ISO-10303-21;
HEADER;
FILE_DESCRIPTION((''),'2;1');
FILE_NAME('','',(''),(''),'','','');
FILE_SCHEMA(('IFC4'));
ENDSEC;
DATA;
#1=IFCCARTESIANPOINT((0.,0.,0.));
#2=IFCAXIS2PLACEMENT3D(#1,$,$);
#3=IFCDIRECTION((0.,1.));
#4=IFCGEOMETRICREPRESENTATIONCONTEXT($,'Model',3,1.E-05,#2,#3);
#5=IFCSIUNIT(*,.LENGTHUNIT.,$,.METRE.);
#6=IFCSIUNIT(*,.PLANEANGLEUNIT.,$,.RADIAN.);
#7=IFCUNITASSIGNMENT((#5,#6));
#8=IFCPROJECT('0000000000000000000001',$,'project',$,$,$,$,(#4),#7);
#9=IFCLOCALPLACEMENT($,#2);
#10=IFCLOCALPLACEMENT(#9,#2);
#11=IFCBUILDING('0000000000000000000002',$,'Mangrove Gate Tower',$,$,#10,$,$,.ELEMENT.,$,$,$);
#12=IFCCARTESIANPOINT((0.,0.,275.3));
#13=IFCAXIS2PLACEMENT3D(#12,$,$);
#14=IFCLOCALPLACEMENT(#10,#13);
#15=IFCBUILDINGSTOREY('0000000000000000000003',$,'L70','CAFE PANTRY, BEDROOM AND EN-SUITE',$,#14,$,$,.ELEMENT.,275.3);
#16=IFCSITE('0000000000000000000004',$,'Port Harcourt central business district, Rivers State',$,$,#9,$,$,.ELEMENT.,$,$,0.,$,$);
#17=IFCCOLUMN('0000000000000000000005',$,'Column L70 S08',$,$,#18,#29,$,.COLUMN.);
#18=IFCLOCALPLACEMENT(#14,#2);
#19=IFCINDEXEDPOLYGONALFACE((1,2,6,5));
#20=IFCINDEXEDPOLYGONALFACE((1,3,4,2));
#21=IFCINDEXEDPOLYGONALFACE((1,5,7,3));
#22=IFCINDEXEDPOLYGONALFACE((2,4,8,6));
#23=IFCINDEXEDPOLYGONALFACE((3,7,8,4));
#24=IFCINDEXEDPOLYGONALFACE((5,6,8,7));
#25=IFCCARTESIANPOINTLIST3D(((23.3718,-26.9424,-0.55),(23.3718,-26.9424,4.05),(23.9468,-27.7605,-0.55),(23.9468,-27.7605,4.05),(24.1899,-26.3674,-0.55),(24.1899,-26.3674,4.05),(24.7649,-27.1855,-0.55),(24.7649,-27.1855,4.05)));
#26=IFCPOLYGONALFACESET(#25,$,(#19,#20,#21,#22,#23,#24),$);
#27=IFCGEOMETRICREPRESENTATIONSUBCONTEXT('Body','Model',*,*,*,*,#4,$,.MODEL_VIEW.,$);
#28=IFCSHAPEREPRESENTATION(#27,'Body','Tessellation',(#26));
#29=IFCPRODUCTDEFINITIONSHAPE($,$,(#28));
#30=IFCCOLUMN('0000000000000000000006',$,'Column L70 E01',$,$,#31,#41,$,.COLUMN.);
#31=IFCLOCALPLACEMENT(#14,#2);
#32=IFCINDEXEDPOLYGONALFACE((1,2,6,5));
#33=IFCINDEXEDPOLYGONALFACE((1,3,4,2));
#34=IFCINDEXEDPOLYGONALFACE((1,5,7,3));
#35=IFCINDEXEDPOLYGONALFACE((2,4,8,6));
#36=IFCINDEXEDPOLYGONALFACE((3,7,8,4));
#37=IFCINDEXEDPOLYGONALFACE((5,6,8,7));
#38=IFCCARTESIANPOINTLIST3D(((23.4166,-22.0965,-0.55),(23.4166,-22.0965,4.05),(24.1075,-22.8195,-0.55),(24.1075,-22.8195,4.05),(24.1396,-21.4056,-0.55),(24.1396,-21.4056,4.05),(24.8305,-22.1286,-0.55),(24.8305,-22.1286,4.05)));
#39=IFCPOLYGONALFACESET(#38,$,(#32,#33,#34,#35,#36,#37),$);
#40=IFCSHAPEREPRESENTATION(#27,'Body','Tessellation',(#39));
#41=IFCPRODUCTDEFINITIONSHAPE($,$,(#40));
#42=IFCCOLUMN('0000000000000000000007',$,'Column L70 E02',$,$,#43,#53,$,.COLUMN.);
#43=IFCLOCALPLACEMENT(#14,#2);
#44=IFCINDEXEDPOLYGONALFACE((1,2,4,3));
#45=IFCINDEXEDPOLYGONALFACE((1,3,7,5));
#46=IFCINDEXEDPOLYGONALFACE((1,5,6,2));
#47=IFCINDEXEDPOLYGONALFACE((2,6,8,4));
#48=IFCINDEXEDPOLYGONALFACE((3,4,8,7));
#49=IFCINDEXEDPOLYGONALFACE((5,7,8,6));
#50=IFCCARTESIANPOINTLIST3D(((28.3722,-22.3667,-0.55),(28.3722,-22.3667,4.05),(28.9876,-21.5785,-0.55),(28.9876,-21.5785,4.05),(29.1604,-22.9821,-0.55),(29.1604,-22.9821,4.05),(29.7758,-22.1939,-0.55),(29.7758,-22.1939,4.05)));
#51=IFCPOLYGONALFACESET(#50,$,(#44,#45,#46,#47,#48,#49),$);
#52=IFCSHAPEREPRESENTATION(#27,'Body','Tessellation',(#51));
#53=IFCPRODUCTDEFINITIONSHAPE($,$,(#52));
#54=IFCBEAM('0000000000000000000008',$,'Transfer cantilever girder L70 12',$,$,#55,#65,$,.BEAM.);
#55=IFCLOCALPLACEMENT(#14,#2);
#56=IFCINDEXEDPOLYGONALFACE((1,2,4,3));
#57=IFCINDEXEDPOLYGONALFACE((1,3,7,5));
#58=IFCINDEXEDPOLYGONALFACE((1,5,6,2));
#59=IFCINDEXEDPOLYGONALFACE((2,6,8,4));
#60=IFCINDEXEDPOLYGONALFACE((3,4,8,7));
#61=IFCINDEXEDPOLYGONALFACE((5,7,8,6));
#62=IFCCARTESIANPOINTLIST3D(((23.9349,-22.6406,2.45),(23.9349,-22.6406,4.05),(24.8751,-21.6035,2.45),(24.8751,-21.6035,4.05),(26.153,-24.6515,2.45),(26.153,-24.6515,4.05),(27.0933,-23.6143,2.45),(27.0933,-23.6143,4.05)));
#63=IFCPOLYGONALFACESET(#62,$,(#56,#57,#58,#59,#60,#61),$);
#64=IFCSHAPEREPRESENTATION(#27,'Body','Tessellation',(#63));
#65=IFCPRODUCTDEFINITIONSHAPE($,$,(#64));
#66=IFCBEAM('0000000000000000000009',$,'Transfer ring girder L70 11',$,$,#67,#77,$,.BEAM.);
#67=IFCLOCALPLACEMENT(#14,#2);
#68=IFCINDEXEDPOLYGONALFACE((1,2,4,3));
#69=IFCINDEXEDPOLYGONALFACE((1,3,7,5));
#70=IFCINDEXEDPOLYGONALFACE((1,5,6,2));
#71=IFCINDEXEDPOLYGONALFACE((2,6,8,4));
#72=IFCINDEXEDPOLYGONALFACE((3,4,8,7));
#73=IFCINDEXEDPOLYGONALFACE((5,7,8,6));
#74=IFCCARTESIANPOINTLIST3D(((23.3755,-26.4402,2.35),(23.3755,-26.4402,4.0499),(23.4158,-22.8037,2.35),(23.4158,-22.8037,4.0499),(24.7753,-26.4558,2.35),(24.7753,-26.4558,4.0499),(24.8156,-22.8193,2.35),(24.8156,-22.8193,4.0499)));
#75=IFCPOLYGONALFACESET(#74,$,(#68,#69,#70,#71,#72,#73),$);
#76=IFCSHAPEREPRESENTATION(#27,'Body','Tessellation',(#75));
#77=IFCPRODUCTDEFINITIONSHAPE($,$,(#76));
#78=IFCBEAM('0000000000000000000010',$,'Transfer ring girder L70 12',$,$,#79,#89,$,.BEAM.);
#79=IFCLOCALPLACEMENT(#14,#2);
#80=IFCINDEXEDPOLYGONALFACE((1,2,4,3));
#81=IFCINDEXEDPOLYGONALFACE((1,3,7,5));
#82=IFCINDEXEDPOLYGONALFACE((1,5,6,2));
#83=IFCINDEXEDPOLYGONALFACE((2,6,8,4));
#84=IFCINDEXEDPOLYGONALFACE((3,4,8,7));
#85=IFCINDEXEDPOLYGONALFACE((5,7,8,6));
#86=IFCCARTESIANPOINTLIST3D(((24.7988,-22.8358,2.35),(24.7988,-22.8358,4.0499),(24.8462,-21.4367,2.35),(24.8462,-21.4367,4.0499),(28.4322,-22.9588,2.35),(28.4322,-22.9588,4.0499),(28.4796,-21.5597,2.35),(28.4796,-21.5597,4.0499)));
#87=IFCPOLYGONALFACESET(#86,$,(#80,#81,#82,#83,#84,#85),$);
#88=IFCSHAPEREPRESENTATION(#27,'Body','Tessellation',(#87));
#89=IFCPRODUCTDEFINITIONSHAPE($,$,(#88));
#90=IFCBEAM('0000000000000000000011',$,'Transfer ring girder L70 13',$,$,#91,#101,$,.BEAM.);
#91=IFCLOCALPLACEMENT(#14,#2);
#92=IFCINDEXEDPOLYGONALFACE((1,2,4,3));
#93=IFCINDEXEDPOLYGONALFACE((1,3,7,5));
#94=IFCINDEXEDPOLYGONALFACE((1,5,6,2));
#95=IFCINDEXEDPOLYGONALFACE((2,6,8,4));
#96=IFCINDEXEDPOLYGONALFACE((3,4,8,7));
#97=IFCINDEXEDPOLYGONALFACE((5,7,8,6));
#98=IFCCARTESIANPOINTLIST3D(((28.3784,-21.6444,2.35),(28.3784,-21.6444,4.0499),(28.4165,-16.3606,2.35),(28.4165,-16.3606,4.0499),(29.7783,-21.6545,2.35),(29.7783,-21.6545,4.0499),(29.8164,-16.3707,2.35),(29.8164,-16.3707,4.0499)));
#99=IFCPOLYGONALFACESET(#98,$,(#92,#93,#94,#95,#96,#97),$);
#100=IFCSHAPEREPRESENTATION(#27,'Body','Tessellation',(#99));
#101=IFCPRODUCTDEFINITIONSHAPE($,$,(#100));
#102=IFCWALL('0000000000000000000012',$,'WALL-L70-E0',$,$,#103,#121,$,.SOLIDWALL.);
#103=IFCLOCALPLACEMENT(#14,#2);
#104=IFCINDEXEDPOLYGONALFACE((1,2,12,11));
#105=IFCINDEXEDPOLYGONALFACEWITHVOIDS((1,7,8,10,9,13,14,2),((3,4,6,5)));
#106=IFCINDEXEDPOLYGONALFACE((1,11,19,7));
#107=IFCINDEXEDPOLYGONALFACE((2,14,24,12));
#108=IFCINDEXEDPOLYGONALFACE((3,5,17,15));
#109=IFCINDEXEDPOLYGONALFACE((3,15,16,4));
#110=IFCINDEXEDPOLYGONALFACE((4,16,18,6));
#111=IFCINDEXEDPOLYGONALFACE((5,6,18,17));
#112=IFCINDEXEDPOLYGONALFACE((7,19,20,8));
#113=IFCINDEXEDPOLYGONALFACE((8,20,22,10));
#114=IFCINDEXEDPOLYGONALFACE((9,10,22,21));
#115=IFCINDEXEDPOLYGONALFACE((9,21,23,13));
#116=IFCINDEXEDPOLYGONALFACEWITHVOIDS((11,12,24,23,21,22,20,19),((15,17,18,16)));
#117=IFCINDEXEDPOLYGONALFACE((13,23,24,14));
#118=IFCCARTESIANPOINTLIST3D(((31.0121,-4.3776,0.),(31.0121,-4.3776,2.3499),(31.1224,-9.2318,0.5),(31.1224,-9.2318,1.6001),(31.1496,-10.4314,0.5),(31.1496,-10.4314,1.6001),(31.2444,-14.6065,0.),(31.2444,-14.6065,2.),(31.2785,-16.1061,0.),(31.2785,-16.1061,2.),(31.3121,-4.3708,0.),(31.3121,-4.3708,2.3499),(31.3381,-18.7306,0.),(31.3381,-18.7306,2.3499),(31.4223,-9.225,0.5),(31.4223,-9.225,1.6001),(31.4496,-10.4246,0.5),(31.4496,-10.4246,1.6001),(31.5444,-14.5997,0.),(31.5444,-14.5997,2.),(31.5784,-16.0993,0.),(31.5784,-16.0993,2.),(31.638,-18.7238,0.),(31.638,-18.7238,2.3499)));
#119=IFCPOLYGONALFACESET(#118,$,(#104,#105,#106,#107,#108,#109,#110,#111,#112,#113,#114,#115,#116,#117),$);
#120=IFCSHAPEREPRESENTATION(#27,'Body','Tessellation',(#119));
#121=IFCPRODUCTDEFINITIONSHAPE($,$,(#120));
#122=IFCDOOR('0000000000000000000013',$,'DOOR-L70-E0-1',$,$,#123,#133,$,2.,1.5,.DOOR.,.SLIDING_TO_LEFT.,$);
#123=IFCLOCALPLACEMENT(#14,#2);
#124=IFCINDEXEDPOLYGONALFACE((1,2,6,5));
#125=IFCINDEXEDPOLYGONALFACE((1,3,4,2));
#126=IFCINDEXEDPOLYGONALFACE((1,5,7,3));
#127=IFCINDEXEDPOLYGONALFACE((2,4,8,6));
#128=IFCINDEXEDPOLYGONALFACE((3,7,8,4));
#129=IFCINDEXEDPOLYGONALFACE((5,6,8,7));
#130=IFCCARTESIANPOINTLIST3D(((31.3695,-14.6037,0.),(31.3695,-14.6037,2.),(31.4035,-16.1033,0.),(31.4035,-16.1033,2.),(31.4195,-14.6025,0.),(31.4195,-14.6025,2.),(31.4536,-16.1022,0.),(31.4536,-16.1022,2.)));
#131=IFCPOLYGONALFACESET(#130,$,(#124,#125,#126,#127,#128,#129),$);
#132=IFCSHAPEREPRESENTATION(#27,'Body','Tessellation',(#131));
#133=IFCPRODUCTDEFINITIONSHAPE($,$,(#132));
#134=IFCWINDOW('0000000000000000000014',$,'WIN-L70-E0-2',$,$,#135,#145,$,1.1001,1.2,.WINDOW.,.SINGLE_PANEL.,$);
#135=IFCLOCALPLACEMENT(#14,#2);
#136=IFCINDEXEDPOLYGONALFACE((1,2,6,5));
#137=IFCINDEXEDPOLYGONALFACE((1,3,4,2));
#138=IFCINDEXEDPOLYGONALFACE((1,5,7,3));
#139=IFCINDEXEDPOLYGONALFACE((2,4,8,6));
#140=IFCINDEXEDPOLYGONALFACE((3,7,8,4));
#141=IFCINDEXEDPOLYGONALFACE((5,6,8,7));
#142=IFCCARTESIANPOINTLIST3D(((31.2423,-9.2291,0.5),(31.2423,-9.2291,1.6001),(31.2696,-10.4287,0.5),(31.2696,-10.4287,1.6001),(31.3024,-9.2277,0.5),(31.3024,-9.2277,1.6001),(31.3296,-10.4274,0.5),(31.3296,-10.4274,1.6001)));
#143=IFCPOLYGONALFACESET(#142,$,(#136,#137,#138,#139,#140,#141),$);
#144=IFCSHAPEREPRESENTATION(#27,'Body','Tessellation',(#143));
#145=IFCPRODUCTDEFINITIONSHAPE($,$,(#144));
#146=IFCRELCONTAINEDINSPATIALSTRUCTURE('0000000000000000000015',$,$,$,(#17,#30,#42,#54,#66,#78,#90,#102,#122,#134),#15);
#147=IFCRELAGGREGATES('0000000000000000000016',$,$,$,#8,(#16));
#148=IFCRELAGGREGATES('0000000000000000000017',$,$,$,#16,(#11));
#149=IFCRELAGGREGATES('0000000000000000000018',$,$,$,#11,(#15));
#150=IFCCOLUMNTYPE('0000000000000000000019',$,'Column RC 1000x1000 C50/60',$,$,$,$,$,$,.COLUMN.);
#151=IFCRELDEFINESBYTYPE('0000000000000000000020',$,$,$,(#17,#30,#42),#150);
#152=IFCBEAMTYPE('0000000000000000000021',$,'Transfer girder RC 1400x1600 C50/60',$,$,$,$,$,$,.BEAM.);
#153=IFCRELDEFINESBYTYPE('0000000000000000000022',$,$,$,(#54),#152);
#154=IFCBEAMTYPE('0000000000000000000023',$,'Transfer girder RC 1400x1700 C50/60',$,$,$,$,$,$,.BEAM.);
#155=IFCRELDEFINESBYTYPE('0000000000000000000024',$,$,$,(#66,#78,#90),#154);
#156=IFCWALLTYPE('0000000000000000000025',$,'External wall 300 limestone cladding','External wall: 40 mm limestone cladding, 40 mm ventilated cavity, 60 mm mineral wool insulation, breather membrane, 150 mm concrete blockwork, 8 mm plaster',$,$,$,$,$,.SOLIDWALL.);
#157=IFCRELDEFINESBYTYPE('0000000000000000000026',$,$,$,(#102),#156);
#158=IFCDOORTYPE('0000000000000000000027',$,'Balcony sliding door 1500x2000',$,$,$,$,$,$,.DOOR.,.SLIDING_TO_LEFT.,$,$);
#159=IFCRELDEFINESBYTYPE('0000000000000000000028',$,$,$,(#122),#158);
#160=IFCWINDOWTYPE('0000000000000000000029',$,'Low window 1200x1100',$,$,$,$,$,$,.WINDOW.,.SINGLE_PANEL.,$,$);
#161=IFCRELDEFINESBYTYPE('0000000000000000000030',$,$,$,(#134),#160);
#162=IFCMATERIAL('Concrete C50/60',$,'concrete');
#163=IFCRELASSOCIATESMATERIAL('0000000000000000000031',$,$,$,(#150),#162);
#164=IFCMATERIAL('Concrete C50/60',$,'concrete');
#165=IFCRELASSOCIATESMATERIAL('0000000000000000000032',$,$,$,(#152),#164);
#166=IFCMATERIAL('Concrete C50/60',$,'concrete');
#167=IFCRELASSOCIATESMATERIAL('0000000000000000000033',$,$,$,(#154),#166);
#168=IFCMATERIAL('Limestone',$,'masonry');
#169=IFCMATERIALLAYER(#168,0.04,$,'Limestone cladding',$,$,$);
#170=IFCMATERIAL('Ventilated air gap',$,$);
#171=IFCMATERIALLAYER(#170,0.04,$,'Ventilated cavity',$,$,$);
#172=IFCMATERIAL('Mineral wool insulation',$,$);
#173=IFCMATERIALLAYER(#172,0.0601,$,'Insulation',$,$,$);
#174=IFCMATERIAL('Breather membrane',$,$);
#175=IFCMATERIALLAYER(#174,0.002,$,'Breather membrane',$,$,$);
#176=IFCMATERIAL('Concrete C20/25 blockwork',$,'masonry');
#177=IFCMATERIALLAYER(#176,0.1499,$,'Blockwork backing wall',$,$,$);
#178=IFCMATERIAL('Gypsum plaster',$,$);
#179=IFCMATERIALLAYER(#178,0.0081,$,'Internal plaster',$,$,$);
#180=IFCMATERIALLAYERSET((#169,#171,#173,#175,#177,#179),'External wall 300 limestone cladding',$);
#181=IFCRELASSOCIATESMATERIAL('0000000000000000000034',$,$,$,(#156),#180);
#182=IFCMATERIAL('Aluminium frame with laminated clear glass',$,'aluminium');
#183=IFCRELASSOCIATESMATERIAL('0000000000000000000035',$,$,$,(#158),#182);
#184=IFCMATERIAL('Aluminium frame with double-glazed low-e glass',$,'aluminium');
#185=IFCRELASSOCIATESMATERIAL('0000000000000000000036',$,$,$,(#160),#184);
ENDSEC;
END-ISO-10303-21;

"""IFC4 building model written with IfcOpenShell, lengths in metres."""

from ifc_helpers import new_model, si_unit, direction, frame, frame_2d, origin, origin_2d, place, context, subcontext, project, spatial, rectangle, extrude, material, layer, layer_set, material_profile, profile_set, type_object, element, fill, save


model = new_model("IFC4")

# Units and contexts
model_context = context("Model", 3, precision=1e-05, world=origin(), true_north=direction((0.0, 1.0)))
body_context = subcontext(model_context, "Body", "Model", "MODEL_VIEW")
ifc_project = project(units=[si_unit("LENGTHUNIT", "METRE"), si_unit("PLANEANGLEUNIT", "RADIAN")], contexts=[model_context])

# Site, building, storey
site_placement = place(None, origin())
site = spatial("IfcSite", under=ifc_project, at=site_placement, Name="Port Harcourt central business district, Rivers State", CompositionType="ELEMENT", RefElevation=0.0)
building_placement = place(site_placement, origin())
building = spatial("IfcBuilding", under=site, at=building_placement, Name="Mangrove Gate Tower", CompositionType="ELEMENT")
storey_placement = place(building_placement, frame((0.0, 0.0, 275.3)))
storey = spatial("IfcBuildingStorey", under=building, at=storey_placement, Name="L70", Description="CAFE PANTRY, BEDROOM AND EN-SUITE", CompositionType="ELEMENT", Elevation=275.3)

# Columns
ifc_material_1 = material(Name="Concrete C50/60", Category="concrete")
ifc_material_profile_1 = material_profile(ifc_material_1, rectangle(XDim=1.0, YDim=1.0, at=origin_2d()))
ifc_profile_set_1 = profile_set([ifc_material_profile_1], Name="Concrete C50/60")
column_type = type_object("IfcColumnType", Name="Column RC 1000x1000 C50/60", PredefinedType="COLUMN", material=ifc_profile_set_1)
for number, where, z_axis, x_axis, name in (
    (1, (24.0684, -27.064, -0.55), (0.0, 0.0, 1.0), (0.818121, 0.575046, 0.0), "Column L70 S08"),
    (2, (24.1235, -22.1125, -0.55), (0.0, 0.0, 1.0), (0.722977, 0.690873, 0.0), "Column L70 E01"),
    (3, (29.074, -22.2803, -0.55), (0.0, 0.0, 1.0), (0.615428, 0.788193, 0.0), "Column L70 E02"),
):
    element("IfcColumn", number, at=place(storey_placement, frame(where, z_axis=z_axis, x_axis=x_axis)), inside=storey, type_object=column_type, Name=name, PredefinedType="COLUMN", context=body_context, shape_type="SweptSolid", body=[
        extrude(rectangle(XDim=1.0, YDim=1.0, at=origin_2d()), origin(), (0.0, 0.0, 1.0), 4.6001),
    ])

# Beams
ifc_material_2 = material(Name="Concrete C50/60", Category="concrete")
ifc_material_profile_2 = material_profile(ifc_material_2, rectangle(XDim=1.3999, YDim=1.6001, at=origin_2d()))
ifc_profile_set_2 = profile_set([ifc_material_profile_2], Name="Concrete C50/60")
beam_type_1 = type_object("IfcBeamType", Name="Transfer girder RC 1400x1600 C50/60", PredefinedType="BEAM", material=ifc_profile_set_2)
beam_1_placement = place(storey_placement, frame((24.405, -22.1221, 3.25), z_axis=(0.740877, -0.671641, 0.0), x_axis=(0.671641, 0.740877, 0.0)))
element("IfcBeam", 4, at=beam_1_placement, inside=storey, type_object=beam_type_1, Name="Transfer cantilever girder L70 12", PredefinedType="BEAM", context=body_context, shape_type="SweptSolid", body=[
    extrude(rectangle(XDim=1.3999, YDim=1.6001, at=origin_2d()), origin(), (0.0, 0.0, 1.0), 2.9939),
])
ifc_material_3 = material(Name="Concrete C50/60", Category="concrete")
ifc_material_profile_3 = material_profile(ifc_material_3, rectangle(XDim=1.3999, YDim=1.7, at=origin_2d()))
ifc_profile_set_3 = profile_set([ifc_material_profile_3], Name="Concrete C50/60")
beam_type_2 = type_object("IfcBeamType", Name="Transfer girder RC 1400x1700 C50/60", PredefinedType="BEAM", material=ifc_profile_set_3)
beam_2_placement = place(storey_placement, frame((24.0754, -26.448, 3.2), z_axis=(0.011077, 0.999939, 0.0), x_axis=(-0.999939, 0.011077, 0.0)))
element("IfcBeam", 5, at=beam_2_placement, inside=storey, type_object=beam_type_2, Name="Transfer ring girder L70 11", PredefinedType="BEAM", context=body_context, shape_type="SweptSolid", body=[
    extrude(rectangle(XDim=1.3999, YDim=1.7, at=origin_2d()), origin(), (0.0, 0.0, 1.0), 3.6367),
])
beam_3_placement = place(storey_placement, frame((24.8225, -22.1362, 3.2), z_axis=(0.999427, -0.033847, 0.0), x_axis=(0.033847, 0.999427, 0.0)))
element("IfcBeam", 6, at=beam_3_placement, inside=storey, type_object=beam_type_2, Name="Transfer ring girder L70 12", PredefinedType="BEAM", context=body_context, shape_type="SweptSolid", body=[
    extrude(rectangle(XDim=1.3999, YDim=1.7, at=origin_2d()), origin(), (0.0, 0.0, 1.0), 3.6355),
])
beam_4_placement = place(storey_placement, frame((29.0784, -21.6494, 3.2), z_axis=(0.007208, 0.999974, 0.0), x_axis=(-0.999974, 0.007208, 0.0)))
element("IfcBeam", 7, at=beam_4_placement, inside=storey, type_object=beam_type_2, Name="Transfer ring girder L70 13", PredefinedType="BEAM", context=body_context, shape_type="SweptSolid", body=[
    extrude(rectangle(XDim=1.3999, YDim=1.7, at=origin_2d()), origin(), (0.0, 0.0, 1.0), 5.2839),
])

# Wall, openings, door, window
ifc_material_4 = material(Name="Limestone", Category="masonry")
ifc_layer_1 = layer(ifc_material_4, 0.04, Name="Limestone cladding")
ifc_material_5 = material(Name="Ventilated air gap")
ifc_layer_2 = layer(ifc_material_5, 0.04, Name="Ventilated cavity")
ifc_material_6 = material(Name="Mineral wool insulation")
ifc_layer_3 = layer(ifc_material_6, 0.0601, Name="Insulation")
ifc_material_7 = material(Name="Breather membrane")
ifc_layer_4 = layer(ifc_material_7, 0.002, Name="Breather membrane")
ifc_material_8 = material(Name="Concrete C20/25 blockwork", Category="masonry")
ifc_layer_5 = layer(ifc_material_8, 0.1499, Name="Blockwork backing wall")
ifc_material_9 = material(Name="Gypsum plaster")
ifc_layer_6 = layer(ifc_material_9, 0.0081, Name="Internal plaster")
ifc_layer_set_1 = layer_set([ifc_layer_1, ifc_layer_2, ifc_layer_3, ifc_layer_4, ifc_layer_5, ifc_layer_6], Name="External wall 300 limestone cladding")
wall_type_1 = type_object("IfcWallType", Name="External wall 300 limestone cladding", Description="External wall: 40 mm limestone cladding, 40 mm ventilated cavity, 60 mm mineral wool insulation, breather membrane, 150 mm concrete blockwork, 8 mm plaster", PredefinedType="SOLIDWALL", material=ifc_layer_set_1)
wall_1_placement = place(storey_placement, frame((31.488, -18.7271, 0.0), z_axis=(0.0, 0.0, 1.0), x_axis=(-0.022702, 0.999742, 0.0)))
wall_1 = element("IfcWall", 8, at=wall_1_placement, inside=storey, type_object=wall_type_1, Name="WALL-L70-E0", PredefinedType="SOLIDWALL", context=body_context, shape_type="SweptSolid", body=[
    extrude(rectangle(XDim=14.3567, YDim=0.3, at=frame_2d((7.1782, 0.0))), origin(), (0.0, 0.0, 1.0), 2.3499),
])
opening_1_placement = place(wall_1_placement, frame((2.625, 0.0, 0.0)))
opening_1 = element("IfcOpeningElement", 9, at=opening_1_placement, cuts=wall_1, PredefinedType="OPENING", context=body_context, shape_type="SweptSolid", body=[
    extrude(rectangle(XDim=1.5, YDim=2.0, at=frame_2d((0.75, 1.0))), frame((0.0, 0.1599, 0.0), z_axis=(0.0, -1.0, 0.0), x_axis=(1.0, 0.0, 0.0)), (0.0, 0.0, 1.0), 0.3201),
])
opening_2_placement = place(wall_1_placement, frame((8.301, 0.0, 0.5)))
opening_2 = element("IfcOpeningElement", 10, at=opening_2_placement, cuts=wall_1, PredefinedType="OPENING", context=body_context, shape_type="SweptSolid", body=[
    extrude(rectangle(XDim=1.2, YDim=1.1001, at=frame_2d((0.6001, 0.55))), frame((0.0, 0.1599, 0.0), z_axis=(0.0, -1.0, 0.0), x_axis=(1.0, 0.0, 0.0)), (0.0, 0.0, 1.0), 0.3201),
])
ifc_material_10 = material(Name="Aluminium frame with laminated clear glass", Category="aluminium")
door_type_1 = type_object("IfcDoorType", Name="Balcony sliding door 1500x2000", OperationType="SLIDING_TO_LEFT", PredefinedType="DOOR", material=ifc_material_10)
door_1_placement = place(opening_1_placement, origin())
door_1 = element("IfcDoor", 11, at=door_1_placement, inside=storey, type_object=door_type_1, Name="DOOR-L70-E0-1", OperationType="SLIDING_TO_LEFT", OverallHeight=2.0, OverallWidth=1.5, PredefinedType="DOOR", context=body_context, shape_type="SweptSolid", body=[
    extrude(rectangle(XDim=1.5, YDim=2.0, at=frame_2d((0.75, 1.0))), frame((0.0, 0.0249, 0.0), z_axis=(0.0, -1.0, 0.0), x_axis=(1.0, 0.0, 0.0)), (0.0, 0.0, 1.0), 0.05),
])
fill(opening_1, door_1)
ifc_material_11 = material(Name="Aluminium frame with double-glazed low-e glass", Category="aluminium")
window_type = type_object("IfcWindowType", Name="Low window 1200x1100", PartitioningType="SINGLE_PANEL", PredefinedType="WINDOW", material=ifc_material_11)
window_1_placement = place(opening_2_placement, origin())
window_1 = element("IfcWindow", 12, at=window_1_placement, inside=storey, type_object=window_type, Name="WIN-L70-E0-2", OverallHeight=1.1001, OverallWidth=1.2, PartitioningType="SINGLE_PANEL", PredefinedType="WINDOW", context=body_context, shape_type="SweptSolid", body=[
    extrude(rectangle(XDim=1.2, YDim=1.1001, at=frame_2d((0.6001, 0.55))), frame((0.0, 0.03, 0.0), z_axis=(0.0, -1.0, 0.0), x_axis=(1.0, 0.0, 0.0)), (0.0, 0.0, 1.0), 0.0601),
])
fill(opening_2, window_1)

save(model, "model.ifc")
